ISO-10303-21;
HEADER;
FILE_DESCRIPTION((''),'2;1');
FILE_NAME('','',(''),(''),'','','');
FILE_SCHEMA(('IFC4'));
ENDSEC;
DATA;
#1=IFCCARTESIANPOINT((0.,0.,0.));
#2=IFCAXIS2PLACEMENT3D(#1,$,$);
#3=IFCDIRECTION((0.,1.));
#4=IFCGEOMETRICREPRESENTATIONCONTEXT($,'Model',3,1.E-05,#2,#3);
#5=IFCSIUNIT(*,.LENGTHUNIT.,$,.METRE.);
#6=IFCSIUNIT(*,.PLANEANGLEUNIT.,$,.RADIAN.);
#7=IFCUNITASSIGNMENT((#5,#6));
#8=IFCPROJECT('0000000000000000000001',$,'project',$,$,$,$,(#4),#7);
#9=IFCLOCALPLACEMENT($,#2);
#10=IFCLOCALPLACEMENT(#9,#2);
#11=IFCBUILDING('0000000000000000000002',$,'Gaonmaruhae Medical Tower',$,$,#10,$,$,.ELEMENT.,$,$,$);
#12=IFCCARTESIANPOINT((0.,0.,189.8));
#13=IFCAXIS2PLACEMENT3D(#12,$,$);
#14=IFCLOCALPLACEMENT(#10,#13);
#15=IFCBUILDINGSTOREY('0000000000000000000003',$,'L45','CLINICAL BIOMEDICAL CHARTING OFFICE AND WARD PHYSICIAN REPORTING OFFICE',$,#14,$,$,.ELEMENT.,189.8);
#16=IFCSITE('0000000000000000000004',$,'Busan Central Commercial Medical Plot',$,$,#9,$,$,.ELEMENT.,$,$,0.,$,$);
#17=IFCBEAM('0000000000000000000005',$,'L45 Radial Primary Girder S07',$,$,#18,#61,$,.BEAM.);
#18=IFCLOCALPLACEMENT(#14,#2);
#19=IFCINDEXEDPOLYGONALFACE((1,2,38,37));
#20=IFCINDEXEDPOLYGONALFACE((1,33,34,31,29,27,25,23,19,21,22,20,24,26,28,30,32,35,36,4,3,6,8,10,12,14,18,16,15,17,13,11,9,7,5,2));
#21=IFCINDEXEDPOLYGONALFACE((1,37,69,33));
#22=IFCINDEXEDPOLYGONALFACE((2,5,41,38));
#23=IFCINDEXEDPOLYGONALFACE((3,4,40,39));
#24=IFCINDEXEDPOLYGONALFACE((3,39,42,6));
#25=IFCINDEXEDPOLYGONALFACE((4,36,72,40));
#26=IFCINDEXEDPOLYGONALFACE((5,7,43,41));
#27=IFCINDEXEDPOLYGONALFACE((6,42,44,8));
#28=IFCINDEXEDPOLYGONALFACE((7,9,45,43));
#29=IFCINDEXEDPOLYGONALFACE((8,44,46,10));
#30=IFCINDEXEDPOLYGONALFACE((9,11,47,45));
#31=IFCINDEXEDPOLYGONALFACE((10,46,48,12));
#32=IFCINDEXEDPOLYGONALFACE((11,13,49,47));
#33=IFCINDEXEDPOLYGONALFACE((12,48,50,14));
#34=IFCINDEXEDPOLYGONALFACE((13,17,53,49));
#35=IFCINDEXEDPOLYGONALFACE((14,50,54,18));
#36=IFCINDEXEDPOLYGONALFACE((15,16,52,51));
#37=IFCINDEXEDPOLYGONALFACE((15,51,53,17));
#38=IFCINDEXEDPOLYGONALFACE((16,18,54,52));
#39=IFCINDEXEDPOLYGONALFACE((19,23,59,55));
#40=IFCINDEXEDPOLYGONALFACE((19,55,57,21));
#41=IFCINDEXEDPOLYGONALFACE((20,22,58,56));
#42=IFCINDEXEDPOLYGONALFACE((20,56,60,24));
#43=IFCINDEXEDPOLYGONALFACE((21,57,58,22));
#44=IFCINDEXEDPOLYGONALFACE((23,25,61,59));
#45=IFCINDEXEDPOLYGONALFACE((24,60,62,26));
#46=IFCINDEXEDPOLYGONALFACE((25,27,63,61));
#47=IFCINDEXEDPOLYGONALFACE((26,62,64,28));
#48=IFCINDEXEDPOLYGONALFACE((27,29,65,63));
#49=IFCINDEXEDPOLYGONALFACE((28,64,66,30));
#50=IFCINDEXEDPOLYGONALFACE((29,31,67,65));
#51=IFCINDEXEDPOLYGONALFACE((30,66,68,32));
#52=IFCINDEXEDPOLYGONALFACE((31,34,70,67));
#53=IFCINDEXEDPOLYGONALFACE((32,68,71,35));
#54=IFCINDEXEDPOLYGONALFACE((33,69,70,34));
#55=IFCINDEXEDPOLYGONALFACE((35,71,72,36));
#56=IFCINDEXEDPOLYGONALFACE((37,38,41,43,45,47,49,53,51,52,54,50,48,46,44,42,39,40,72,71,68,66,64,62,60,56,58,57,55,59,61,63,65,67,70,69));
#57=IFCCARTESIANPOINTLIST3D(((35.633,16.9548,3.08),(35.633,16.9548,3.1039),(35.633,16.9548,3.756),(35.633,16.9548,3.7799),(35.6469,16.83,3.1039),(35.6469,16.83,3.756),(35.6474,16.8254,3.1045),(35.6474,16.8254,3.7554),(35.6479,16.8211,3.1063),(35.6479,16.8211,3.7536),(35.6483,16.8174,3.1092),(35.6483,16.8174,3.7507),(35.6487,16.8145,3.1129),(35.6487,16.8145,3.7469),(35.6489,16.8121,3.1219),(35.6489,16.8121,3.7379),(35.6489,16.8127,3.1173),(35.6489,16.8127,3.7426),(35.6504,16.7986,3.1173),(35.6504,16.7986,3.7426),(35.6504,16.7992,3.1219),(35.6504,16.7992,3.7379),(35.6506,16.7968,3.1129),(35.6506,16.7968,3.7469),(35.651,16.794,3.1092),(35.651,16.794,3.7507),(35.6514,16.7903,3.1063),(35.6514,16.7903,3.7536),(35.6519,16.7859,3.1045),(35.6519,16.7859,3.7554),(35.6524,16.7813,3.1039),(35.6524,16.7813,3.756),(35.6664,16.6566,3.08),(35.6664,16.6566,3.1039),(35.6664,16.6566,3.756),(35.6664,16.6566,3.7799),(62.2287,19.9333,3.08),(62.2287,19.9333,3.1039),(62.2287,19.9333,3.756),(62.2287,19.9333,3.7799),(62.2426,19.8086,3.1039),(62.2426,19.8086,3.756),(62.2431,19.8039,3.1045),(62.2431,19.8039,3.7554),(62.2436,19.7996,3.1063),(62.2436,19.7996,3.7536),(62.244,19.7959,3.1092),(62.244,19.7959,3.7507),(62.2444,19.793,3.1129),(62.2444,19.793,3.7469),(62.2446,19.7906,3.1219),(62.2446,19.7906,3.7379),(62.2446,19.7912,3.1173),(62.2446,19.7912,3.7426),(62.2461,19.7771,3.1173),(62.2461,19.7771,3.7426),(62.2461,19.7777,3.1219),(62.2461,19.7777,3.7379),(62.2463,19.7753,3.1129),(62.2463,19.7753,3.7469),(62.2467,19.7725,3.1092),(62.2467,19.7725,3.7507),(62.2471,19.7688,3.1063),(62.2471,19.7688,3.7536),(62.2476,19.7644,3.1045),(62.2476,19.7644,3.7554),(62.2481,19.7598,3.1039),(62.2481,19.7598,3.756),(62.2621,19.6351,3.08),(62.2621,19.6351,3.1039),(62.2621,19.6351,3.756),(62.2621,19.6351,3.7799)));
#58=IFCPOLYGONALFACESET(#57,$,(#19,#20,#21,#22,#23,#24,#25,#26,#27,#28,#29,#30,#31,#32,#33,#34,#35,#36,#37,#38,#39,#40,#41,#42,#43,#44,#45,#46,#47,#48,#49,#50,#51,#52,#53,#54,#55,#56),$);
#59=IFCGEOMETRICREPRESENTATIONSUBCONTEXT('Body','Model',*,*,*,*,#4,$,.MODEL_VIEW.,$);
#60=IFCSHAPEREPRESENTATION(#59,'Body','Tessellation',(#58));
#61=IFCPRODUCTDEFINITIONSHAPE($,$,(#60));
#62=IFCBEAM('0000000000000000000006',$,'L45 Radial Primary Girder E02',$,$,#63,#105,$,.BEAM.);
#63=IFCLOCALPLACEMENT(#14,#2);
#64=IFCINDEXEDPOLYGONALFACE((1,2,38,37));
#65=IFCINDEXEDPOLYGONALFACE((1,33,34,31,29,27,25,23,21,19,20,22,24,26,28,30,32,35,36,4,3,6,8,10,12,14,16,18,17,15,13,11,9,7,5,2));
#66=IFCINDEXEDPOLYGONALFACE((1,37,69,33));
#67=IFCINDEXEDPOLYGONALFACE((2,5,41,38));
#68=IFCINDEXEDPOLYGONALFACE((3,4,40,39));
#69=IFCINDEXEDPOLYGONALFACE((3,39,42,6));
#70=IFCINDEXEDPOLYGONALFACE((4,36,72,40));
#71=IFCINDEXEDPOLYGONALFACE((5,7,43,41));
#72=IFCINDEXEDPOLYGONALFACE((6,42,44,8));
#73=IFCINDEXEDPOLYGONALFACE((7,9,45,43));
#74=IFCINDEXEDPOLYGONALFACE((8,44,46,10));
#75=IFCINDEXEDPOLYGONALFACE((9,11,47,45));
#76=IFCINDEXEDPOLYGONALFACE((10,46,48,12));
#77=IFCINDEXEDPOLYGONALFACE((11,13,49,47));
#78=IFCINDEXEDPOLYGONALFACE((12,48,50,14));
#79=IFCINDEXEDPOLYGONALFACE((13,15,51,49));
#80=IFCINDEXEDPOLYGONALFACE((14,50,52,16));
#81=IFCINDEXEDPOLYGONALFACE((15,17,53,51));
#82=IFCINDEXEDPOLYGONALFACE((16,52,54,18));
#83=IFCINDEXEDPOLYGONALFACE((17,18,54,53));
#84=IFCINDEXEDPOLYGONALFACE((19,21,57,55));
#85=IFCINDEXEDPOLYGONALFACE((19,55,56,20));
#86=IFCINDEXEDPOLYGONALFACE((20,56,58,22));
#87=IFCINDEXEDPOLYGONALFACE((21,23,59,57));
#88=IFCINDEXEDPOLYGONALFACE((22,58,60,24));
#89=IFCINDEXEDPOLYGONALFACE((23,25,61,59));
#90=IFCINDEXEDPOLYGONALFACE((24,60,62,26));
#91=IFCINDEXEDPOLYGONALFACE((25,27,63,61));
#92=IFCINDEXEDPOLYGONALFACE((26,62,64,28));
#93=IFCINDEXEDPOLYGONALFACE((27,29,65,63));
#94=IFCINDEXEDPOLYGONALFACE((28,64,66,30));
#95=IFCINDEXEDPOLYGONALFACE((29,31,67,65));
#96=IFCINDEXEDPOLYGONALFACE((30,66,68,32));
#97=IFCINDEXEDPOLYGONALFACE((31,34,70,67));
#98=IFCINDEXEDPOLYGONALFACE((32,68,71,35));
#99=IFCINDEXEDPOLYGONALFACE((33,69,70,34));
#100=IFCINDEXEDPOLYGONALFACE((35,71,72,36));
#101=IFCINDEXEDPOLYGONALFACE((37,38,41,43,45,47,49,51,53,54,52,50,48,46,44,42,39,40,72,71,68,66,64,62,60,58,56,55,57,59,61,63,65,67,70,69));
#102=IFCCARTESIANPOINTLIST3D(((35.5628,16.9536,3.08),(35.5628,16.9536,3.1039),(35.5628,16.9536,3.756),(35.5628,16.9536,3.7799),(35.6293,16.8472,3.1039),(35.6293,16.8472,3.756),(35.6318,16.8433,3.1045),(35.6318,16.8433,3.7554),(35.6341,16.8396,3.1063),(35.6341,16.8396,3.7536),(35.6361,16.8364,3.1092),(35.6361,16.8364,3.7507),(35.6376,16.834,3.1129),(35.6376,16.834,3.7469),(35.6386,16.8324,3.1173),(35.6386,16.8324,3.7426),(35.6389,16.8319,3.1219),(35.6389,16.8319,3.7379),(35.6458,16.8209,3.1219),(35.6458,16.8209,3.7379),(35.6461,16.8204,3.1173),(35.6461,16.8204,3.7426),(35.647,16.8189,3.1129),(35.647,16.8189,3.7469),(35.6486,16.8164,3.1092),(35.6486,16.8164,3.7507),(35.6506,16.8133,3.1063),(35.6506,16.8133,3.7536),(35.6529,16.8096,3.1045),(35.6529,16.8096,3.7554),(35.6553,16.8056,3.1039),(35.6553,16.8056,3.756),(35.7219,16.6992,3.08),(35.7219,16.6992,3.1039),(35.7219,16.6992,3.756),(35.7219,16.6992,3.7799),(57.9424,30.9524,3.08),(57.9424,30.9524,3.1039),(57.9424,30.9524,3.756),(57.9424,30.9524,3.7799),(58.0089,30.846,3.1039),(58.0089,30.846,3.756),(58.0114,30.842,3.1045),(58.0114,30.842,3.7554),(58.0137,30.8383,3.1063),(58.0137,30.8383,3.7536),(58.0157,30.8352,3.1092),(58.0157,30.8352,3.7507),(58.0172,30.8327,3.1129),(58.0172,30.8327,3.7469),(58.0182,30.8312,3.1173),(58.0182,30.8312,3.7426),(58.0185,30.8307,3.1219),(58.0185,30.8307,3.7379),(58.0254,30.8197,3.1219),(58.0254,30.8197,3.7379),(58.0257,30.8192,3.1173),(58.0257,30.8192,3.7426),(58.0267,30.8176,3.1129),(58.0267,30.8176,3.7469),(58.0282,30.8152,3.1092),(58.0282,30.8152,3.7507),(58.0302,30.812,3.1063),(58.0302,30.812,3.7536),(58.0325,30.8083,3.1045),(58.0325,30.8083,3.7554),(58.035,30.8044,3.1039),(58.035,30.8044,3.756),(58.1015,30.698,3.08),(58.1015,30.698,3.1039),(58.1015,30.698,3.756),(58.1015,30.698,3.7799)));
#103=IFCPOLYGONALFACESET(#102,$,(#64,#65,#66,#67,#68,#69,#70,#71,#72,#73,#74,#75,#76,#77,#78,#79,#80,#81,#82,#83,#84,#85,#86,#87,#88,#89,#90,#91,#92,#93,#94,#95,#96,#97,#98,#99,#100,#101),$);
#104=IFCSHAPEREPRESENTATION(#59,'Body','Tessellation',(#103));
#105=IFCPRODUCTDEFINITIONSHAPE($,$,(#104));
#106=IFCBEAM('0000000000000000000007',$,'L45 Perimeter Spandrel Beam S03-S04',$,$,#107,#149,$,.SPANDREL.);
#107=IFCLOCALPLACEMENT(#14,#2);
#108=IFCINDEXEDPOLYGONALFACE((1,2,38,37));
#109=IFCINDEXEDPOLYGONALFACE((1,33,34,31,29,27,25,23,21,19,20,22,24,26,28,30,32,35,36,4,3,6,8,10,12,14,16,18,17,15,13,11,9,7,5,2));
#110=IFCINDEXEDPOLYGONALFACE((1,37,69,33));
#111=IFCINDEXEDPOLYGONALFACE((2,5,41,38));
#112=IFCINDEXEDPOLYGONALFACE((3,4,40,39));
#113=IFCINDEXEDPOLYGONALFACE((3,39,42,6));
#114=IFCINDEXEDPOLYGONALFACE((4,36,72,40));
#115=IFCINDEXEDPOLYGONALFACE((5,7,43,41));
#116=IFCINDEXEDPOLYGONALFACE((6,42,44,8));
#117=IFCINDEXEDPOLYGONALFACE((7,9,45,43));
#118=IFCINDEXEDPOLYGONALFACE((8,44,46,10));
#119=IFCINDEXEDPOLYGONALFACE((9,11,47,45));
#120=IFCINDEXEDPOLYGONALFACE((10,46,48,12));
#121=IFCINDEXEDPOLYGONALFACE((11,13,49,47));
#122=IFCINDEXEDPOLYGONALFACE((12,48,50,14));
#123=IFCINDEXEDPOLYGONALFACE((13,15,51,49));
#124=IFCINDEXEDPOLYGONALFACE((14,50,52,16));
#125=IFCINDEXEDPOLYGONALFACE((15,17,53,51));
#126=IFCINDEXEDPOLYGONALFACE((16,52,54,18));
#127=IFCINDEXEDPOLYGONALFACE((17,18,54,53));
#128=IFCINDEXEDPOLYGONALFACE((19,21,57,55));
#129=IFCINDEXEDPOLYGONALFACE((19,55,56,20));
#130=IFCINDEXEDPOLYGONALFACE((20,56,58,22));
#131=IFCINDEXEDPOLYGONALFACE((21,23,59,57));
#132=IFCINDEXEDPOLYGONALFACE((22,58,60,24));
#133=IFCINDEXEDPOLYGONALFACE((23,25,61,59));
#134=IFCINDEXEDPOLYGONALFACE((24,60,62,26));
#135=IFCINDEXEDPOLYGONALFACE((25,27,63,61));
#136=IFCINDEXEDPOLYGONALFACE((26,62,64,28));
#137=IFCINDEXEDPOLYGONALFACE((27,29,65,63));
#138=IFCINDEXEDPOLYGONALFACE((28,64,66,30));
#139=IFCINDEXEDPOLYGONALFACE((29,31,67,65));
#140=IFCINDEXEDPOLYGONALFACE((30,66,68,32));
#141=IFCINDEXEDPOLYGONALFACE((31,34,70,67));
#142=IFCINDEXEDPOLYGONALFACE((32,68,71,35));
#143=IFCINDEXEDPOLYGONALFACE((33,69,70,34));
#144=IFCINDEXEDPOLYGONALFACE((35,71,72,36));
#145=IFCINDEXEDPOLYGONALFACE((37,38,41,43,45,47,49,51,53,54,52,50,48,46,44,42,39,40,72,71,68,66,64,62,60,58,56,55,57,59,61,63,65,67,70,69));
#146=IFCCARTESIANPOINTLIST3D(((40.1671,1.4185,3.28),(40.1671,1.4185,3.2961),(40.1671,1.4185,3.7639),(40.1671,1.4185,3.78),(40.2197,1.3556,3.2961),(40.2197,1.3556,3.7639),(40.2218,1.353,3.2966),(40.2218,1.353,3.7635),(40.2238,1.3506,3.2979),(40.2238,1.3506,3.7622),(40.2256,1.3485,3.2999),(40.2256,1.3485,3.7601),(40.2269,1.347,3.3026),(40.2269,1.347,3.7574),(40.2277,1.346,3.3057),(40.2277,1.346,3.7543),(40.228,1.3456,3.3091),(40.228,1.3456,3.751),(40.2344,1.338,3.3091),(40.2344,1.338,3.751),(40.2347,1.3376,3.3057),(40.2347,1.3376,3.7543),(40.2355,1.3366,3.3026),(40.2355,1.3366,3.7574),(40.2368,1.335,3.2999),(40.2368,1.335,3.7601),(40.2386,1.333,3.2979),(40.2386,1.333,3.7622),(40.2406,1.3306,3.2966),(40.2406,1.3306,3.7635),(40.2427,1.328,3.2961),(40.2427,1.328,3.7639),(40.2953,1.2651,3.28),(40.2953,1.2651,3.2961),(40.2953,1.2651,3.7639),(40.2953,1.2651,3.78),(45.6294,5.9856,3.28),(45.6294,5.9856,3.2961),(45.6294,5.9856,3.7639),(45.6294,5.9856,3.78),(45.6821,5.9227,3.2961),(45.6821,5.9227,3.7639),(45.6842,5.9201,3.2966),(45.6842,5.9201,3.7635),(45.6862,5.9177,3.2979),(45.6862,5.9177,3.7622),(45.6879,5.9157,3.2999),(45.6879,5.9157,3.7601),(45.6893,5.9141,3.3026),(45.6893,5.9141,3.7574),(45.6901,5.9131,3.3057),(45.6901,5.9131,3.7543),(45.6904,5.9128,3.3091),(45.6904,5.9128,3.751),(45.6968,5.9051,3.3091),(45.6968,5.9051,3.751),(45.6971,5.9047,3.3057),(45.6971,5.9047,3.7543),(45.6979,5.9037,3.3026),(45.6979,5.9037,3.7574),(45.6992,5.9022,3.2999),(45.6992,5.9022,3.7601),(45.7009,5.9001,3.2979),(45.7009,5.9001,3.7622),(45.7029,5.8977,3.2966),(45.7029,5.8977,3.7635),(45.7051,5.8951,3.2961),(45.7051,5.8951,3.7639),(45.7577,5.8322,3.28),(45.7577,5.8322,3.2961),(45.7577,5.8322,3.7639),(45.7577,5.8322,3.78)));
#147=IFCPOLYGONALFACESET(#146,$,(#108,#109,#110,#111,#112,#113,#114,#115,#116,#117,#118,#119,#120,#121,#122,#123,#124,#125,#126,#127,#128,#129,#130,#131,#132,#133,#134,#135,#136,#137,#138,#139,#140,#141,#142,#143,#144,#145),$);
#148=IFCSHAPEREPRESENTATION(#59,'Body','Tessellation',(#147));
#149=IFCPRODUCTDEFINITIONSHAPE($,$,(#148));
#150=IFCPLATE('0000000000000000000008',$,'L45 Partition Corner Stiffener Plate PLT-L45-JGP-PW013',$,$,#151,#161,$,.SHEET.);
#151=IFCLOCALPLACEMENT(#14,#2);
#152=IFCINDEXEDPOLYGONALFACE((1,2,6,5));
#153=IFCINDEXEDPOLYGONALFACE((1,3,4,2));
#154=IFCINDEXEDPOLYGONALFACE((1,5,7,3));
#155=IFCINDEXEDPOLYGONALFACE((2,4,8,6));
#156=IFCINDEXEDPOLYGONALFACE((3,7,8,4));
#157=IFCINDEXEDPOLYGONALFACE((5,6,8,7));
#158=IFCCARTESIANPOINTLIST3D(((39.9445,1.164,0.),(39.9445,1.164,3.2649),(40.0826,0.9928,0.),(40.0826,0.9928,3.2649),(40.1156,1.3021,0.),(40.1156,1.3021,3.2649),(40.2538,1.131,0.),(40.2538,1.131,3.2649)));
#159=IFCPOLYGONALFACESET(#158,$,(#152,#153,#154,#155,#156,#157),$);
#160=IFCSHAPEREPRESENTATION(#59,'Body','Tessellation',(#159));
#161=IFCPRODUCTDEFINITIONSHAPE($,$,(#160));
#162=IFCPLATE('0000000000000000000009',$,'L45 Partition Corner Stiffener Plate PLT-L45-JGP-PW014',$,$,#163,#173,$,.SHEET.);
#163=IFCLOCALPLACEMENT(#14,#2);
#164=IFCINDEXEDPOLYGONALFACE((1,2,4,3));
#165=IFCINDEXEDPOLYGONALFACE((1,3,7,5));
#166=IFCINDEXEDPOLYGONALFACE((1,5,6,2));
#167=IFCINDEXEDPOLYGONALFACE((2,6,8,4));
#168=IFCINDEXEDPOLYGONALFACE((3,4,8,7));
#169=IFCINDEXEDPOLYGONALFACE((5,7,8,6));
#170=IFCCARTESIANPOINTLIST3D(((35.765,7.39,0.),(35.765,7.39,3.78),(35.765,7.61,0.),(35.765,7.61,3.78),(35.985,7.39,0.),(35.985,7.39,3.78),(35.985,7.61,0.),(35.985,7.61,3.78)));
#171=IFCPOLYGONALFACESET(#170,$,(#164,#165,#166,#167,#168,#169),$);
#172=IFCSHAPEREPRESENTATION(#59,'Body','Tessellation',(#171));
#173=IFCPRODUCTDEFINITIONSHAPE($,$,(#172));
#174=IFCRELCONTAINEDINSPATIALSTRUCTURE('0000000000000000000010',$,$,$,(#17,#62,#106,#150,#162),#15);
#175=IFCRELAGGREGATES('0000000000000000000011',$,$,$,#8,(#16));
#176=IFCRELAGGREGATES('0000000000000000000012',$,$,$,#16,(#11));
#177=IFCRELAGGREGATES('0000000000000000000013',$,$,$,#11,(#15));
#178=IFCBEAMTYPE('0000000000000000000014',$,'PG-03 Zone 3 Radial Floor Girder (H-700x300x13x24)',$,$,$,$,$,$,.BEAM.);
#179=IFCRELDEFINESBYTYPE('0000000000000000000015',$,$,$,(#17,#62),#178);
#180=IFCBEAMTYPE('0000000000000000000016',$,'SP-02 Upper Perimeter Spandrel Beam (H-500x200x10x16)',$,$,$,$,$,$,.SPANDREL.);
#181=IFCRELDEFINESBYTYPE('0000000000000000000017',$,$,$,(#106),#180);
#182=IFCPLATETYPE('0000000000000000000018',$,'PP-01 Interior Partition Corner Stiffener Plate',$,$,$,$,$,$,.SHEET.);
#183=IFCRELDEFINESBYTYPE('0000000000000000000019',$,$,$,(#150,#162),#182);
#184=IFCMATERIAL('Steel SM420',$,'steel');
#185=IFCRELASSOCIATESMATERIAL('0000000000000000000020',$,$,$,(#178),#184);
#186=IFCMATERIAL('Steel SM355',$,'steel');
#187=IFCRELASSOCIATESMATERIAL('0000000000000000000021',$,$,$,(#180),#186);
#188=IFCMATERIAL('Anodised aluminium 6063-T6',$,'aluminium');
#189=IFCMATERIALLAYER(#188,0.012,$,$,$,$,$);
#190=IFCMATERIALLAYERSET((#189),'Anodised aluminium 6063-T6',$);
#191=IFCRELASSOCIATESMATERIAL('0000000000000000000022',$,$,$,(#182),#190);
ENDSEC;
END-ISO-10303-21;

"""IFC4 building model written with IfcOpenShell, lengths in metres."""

from ifc_helpers import new_model, si_unit, direction, frame, origin, origin_2d, place, context, subcontext, project, spatial, rectangle, i_section, extrude, material, layer, layer_set, material_profile, profile_set, type_object, element, save


model = new_model("IFC4")

# Units and contexts
model_context = context("Model", 3, precision=1e-05, world=origin(), true_north=direction((0.0, 1.0)))
body_context = subcontext(model_context, "Body", "Model", "MODEL_VIEW")
ifc_project = project(units=[si_unit("LENGTHUNIT", "METRE"), si_unit("PLANEANGLEUNIT", "RADIAN")], contexts=[model_context])

# Site, building, storey
site_placement = place(None, origin())
site = spatial("IfcSite", under=ifc_project, at=site_placement, Name="Busan Central Commercial Medical Plot", CompositionType="ELEMENT", RefElevation=0.0)
building_placement = place(site_placement, origin())
building = spatial("IfcBuilding", under=site, at=building_placement, Name="Gaonmaruhae Medical Tower", CompositionType="ELEMENT")
storey_placement = place(building_placement, frame((0.0, 0.0, 189.8)))
storey = spatial("IfcBuildingStorey", under=building, at=storey_placement, Name="L45", Description="CLINICAL BIOMEDICAL CHARTING OFFICE AND WARD PHYSICIAN REPORTING OFFICE", CompositionType="ELEMENT", Elevation=189.8)

# Beams
ifc_material_1 = material(Name="Steel SM355", Category="steel")
ifc_material_2 = material(Name="Steel SM420", Category="steel")
ifc_material_profile_1 = material_profile(ifc_material_2, i_section(OverallWidth=0.3, OverallDepth=0.7, WebThickness=0.0129, FlangeThickness=0.0239, FilletRadius=0.0181, at=origin_2d()), Name="H-700x300x13x24")
ifc_profile_set_1 = profile_set([ifc_material_profile_1], Name="Steel SM420")
beam_type_1 = type_object("IfcBeamType", Name="PG-03 Zone 3 Radial Floor Girder (H-700x300x13x24)", PredefinedType="BEAM", material=ifc_profile_set_1)
beam_1_placement = place(storey_placement, frame((35.6497, 16.8057, 3.4299), z_axis=(0.993787, 0.111297, 0.0), x_axis=(-0.111297, 0.993787, 0.0)))
element("IfcBeam", 1, at=beam_1_placement, inside=storey, type_object=beam_type_1, Name="L45 Radial Primary Girder S07", PredefinedType="BEAM", context=body_context, shape_type="SweptSolid", body=[
    extrude(i_section(OverallWidth=0.3, OverallDepth=0.7, WebThickness=0.0129, FlangeThickness=0.0239, FilletRadius=0.0181, at=origin_2d()), origin(), (0.0, 0.0, 1.0), 26.762),
])
beam_2_placement = place(storey_placement, frame((35.6423, 16.8264, 3.4299), z_axis=(0.847802, 0.530312, 0.0), x_axis=(-0.530312, 0.847802, 0.0)))
element("IfcBeam", 2, at=beam_2_placement, inside=storey, type_object=beam_type_1, Name="L45 Radial Primary Girder E02", PredefinedType="BEAM", context=body_context, shape_type="SweptSolid", body=[
    extrude(i_section(OverallWidth=0.3, OverallDepth=0.7, WebThickness=0.0129, FlangeThickness=0.0239, FilletRadius=0.0181, at=origin_2d()), origin(), (0.0, 0.0, 1.0), 26.3972),
])
ifc_material_profile_2 = material_profile(ifc_material_1, i_section(OverallWidth=0.2, OverallDepth=0.5, WebThickness=0.01, FlangeThickness=0.0161, FilletRadius=0.0129, at=origin_2d()), Name="H-500x200x10x16")
ifc_profile_set_2 = profile_set([ifc_material_profile_2], Name="Steel SM355")
beam_type_2 = type_object("IfcBeamType", Name="SP-02 Upper Perimeter Spandrel Beam (H-500x200x10x16)", PredefinedType="SPANDREL", material=ifc_profile_set_2)
beam_3_placement = place(storey_placement, frame((40.2312, 1.3418, 3.53), z_axis=(0.767175, 0.641438, 0.0), x_axis=(-0.641438, 0.767175, 0.0)))
element("IfcBeam", 3, at=beam_3_placement, inside=storey, type_object=beam_type_2, Name="L45 Perimeter Spandrel Beam S03-S04", PredefinedType="SPANDREL", context=body_context, shape_type="SweptSolid", body=[
    extrude(i_section(OverallWidth=0.2, OverallDepth=0.5, WebThickness=0.01, FlangeThickness=0.0161, FilletRadius=0.0129, at=origin_2d()), origin(), (0.0, 0.0, 1.0), 7.1201),
])

# Plates
ifc_material_3 = material(Name="Anodised aluminium 6063-T6", Category="aluminium")
ifc_layer_1 = layer(ifc_material_3, 0.012)
ifc_layer_set_1 = layer_set([ifc_layer_1], Name="Anodised aluminium 6063-T6")
plate_type = type_object("IfcPlateType", Name="PP-01 Interior Partition Corner Stiffener Plate", PredefinedType="SHEET", material=ifc_layer_set_1)
plate_1_placement = place(storey_placement, frame((40.0991, 1.1475, 0.0), z_axis=(0.0, 0.0, 1.0), x_axis=(-0.778166, -0.628058, 0.0)))
element("IfcPlate", 4, at=plate_1_placement, inside=storey, type_object=plate_type, Name="L45 Partition Corner Stiffener Plate PLT-L45-JGP-PW013", PredefinedType="SHEET", context=body_context, shape_type="SweptSolid", body=[
    extrude(rectangle(XDim=0.22, YDim=0.22, at=origin_2d()), origin(), (0.0, 0.0, 1.0), 3.2649),
])
plate_2_placement = place(storey_placement, frame((35.875, 7.5, 0.0), z_axis=(0.0, 0.0, 1.0), x_axis=(1.0, 0.0, 0.0)))
element("IfcPlate", 5, at=plate_2_placement, inside=storey, type_object=plate_type, Name="L45 Partition Corner Stiffener Plate PLT-L45-JGP-PW014", PredefinedType="SHEET", context=body_context, shape_type="SweptSolid", body=[
    extrude(rectangle(XDim=0.22, YDim=0.22, at=origin_2d()), origin(), (0.0, 0.0, 1.0), 3.78),
])

save(model, "model.ifc")
